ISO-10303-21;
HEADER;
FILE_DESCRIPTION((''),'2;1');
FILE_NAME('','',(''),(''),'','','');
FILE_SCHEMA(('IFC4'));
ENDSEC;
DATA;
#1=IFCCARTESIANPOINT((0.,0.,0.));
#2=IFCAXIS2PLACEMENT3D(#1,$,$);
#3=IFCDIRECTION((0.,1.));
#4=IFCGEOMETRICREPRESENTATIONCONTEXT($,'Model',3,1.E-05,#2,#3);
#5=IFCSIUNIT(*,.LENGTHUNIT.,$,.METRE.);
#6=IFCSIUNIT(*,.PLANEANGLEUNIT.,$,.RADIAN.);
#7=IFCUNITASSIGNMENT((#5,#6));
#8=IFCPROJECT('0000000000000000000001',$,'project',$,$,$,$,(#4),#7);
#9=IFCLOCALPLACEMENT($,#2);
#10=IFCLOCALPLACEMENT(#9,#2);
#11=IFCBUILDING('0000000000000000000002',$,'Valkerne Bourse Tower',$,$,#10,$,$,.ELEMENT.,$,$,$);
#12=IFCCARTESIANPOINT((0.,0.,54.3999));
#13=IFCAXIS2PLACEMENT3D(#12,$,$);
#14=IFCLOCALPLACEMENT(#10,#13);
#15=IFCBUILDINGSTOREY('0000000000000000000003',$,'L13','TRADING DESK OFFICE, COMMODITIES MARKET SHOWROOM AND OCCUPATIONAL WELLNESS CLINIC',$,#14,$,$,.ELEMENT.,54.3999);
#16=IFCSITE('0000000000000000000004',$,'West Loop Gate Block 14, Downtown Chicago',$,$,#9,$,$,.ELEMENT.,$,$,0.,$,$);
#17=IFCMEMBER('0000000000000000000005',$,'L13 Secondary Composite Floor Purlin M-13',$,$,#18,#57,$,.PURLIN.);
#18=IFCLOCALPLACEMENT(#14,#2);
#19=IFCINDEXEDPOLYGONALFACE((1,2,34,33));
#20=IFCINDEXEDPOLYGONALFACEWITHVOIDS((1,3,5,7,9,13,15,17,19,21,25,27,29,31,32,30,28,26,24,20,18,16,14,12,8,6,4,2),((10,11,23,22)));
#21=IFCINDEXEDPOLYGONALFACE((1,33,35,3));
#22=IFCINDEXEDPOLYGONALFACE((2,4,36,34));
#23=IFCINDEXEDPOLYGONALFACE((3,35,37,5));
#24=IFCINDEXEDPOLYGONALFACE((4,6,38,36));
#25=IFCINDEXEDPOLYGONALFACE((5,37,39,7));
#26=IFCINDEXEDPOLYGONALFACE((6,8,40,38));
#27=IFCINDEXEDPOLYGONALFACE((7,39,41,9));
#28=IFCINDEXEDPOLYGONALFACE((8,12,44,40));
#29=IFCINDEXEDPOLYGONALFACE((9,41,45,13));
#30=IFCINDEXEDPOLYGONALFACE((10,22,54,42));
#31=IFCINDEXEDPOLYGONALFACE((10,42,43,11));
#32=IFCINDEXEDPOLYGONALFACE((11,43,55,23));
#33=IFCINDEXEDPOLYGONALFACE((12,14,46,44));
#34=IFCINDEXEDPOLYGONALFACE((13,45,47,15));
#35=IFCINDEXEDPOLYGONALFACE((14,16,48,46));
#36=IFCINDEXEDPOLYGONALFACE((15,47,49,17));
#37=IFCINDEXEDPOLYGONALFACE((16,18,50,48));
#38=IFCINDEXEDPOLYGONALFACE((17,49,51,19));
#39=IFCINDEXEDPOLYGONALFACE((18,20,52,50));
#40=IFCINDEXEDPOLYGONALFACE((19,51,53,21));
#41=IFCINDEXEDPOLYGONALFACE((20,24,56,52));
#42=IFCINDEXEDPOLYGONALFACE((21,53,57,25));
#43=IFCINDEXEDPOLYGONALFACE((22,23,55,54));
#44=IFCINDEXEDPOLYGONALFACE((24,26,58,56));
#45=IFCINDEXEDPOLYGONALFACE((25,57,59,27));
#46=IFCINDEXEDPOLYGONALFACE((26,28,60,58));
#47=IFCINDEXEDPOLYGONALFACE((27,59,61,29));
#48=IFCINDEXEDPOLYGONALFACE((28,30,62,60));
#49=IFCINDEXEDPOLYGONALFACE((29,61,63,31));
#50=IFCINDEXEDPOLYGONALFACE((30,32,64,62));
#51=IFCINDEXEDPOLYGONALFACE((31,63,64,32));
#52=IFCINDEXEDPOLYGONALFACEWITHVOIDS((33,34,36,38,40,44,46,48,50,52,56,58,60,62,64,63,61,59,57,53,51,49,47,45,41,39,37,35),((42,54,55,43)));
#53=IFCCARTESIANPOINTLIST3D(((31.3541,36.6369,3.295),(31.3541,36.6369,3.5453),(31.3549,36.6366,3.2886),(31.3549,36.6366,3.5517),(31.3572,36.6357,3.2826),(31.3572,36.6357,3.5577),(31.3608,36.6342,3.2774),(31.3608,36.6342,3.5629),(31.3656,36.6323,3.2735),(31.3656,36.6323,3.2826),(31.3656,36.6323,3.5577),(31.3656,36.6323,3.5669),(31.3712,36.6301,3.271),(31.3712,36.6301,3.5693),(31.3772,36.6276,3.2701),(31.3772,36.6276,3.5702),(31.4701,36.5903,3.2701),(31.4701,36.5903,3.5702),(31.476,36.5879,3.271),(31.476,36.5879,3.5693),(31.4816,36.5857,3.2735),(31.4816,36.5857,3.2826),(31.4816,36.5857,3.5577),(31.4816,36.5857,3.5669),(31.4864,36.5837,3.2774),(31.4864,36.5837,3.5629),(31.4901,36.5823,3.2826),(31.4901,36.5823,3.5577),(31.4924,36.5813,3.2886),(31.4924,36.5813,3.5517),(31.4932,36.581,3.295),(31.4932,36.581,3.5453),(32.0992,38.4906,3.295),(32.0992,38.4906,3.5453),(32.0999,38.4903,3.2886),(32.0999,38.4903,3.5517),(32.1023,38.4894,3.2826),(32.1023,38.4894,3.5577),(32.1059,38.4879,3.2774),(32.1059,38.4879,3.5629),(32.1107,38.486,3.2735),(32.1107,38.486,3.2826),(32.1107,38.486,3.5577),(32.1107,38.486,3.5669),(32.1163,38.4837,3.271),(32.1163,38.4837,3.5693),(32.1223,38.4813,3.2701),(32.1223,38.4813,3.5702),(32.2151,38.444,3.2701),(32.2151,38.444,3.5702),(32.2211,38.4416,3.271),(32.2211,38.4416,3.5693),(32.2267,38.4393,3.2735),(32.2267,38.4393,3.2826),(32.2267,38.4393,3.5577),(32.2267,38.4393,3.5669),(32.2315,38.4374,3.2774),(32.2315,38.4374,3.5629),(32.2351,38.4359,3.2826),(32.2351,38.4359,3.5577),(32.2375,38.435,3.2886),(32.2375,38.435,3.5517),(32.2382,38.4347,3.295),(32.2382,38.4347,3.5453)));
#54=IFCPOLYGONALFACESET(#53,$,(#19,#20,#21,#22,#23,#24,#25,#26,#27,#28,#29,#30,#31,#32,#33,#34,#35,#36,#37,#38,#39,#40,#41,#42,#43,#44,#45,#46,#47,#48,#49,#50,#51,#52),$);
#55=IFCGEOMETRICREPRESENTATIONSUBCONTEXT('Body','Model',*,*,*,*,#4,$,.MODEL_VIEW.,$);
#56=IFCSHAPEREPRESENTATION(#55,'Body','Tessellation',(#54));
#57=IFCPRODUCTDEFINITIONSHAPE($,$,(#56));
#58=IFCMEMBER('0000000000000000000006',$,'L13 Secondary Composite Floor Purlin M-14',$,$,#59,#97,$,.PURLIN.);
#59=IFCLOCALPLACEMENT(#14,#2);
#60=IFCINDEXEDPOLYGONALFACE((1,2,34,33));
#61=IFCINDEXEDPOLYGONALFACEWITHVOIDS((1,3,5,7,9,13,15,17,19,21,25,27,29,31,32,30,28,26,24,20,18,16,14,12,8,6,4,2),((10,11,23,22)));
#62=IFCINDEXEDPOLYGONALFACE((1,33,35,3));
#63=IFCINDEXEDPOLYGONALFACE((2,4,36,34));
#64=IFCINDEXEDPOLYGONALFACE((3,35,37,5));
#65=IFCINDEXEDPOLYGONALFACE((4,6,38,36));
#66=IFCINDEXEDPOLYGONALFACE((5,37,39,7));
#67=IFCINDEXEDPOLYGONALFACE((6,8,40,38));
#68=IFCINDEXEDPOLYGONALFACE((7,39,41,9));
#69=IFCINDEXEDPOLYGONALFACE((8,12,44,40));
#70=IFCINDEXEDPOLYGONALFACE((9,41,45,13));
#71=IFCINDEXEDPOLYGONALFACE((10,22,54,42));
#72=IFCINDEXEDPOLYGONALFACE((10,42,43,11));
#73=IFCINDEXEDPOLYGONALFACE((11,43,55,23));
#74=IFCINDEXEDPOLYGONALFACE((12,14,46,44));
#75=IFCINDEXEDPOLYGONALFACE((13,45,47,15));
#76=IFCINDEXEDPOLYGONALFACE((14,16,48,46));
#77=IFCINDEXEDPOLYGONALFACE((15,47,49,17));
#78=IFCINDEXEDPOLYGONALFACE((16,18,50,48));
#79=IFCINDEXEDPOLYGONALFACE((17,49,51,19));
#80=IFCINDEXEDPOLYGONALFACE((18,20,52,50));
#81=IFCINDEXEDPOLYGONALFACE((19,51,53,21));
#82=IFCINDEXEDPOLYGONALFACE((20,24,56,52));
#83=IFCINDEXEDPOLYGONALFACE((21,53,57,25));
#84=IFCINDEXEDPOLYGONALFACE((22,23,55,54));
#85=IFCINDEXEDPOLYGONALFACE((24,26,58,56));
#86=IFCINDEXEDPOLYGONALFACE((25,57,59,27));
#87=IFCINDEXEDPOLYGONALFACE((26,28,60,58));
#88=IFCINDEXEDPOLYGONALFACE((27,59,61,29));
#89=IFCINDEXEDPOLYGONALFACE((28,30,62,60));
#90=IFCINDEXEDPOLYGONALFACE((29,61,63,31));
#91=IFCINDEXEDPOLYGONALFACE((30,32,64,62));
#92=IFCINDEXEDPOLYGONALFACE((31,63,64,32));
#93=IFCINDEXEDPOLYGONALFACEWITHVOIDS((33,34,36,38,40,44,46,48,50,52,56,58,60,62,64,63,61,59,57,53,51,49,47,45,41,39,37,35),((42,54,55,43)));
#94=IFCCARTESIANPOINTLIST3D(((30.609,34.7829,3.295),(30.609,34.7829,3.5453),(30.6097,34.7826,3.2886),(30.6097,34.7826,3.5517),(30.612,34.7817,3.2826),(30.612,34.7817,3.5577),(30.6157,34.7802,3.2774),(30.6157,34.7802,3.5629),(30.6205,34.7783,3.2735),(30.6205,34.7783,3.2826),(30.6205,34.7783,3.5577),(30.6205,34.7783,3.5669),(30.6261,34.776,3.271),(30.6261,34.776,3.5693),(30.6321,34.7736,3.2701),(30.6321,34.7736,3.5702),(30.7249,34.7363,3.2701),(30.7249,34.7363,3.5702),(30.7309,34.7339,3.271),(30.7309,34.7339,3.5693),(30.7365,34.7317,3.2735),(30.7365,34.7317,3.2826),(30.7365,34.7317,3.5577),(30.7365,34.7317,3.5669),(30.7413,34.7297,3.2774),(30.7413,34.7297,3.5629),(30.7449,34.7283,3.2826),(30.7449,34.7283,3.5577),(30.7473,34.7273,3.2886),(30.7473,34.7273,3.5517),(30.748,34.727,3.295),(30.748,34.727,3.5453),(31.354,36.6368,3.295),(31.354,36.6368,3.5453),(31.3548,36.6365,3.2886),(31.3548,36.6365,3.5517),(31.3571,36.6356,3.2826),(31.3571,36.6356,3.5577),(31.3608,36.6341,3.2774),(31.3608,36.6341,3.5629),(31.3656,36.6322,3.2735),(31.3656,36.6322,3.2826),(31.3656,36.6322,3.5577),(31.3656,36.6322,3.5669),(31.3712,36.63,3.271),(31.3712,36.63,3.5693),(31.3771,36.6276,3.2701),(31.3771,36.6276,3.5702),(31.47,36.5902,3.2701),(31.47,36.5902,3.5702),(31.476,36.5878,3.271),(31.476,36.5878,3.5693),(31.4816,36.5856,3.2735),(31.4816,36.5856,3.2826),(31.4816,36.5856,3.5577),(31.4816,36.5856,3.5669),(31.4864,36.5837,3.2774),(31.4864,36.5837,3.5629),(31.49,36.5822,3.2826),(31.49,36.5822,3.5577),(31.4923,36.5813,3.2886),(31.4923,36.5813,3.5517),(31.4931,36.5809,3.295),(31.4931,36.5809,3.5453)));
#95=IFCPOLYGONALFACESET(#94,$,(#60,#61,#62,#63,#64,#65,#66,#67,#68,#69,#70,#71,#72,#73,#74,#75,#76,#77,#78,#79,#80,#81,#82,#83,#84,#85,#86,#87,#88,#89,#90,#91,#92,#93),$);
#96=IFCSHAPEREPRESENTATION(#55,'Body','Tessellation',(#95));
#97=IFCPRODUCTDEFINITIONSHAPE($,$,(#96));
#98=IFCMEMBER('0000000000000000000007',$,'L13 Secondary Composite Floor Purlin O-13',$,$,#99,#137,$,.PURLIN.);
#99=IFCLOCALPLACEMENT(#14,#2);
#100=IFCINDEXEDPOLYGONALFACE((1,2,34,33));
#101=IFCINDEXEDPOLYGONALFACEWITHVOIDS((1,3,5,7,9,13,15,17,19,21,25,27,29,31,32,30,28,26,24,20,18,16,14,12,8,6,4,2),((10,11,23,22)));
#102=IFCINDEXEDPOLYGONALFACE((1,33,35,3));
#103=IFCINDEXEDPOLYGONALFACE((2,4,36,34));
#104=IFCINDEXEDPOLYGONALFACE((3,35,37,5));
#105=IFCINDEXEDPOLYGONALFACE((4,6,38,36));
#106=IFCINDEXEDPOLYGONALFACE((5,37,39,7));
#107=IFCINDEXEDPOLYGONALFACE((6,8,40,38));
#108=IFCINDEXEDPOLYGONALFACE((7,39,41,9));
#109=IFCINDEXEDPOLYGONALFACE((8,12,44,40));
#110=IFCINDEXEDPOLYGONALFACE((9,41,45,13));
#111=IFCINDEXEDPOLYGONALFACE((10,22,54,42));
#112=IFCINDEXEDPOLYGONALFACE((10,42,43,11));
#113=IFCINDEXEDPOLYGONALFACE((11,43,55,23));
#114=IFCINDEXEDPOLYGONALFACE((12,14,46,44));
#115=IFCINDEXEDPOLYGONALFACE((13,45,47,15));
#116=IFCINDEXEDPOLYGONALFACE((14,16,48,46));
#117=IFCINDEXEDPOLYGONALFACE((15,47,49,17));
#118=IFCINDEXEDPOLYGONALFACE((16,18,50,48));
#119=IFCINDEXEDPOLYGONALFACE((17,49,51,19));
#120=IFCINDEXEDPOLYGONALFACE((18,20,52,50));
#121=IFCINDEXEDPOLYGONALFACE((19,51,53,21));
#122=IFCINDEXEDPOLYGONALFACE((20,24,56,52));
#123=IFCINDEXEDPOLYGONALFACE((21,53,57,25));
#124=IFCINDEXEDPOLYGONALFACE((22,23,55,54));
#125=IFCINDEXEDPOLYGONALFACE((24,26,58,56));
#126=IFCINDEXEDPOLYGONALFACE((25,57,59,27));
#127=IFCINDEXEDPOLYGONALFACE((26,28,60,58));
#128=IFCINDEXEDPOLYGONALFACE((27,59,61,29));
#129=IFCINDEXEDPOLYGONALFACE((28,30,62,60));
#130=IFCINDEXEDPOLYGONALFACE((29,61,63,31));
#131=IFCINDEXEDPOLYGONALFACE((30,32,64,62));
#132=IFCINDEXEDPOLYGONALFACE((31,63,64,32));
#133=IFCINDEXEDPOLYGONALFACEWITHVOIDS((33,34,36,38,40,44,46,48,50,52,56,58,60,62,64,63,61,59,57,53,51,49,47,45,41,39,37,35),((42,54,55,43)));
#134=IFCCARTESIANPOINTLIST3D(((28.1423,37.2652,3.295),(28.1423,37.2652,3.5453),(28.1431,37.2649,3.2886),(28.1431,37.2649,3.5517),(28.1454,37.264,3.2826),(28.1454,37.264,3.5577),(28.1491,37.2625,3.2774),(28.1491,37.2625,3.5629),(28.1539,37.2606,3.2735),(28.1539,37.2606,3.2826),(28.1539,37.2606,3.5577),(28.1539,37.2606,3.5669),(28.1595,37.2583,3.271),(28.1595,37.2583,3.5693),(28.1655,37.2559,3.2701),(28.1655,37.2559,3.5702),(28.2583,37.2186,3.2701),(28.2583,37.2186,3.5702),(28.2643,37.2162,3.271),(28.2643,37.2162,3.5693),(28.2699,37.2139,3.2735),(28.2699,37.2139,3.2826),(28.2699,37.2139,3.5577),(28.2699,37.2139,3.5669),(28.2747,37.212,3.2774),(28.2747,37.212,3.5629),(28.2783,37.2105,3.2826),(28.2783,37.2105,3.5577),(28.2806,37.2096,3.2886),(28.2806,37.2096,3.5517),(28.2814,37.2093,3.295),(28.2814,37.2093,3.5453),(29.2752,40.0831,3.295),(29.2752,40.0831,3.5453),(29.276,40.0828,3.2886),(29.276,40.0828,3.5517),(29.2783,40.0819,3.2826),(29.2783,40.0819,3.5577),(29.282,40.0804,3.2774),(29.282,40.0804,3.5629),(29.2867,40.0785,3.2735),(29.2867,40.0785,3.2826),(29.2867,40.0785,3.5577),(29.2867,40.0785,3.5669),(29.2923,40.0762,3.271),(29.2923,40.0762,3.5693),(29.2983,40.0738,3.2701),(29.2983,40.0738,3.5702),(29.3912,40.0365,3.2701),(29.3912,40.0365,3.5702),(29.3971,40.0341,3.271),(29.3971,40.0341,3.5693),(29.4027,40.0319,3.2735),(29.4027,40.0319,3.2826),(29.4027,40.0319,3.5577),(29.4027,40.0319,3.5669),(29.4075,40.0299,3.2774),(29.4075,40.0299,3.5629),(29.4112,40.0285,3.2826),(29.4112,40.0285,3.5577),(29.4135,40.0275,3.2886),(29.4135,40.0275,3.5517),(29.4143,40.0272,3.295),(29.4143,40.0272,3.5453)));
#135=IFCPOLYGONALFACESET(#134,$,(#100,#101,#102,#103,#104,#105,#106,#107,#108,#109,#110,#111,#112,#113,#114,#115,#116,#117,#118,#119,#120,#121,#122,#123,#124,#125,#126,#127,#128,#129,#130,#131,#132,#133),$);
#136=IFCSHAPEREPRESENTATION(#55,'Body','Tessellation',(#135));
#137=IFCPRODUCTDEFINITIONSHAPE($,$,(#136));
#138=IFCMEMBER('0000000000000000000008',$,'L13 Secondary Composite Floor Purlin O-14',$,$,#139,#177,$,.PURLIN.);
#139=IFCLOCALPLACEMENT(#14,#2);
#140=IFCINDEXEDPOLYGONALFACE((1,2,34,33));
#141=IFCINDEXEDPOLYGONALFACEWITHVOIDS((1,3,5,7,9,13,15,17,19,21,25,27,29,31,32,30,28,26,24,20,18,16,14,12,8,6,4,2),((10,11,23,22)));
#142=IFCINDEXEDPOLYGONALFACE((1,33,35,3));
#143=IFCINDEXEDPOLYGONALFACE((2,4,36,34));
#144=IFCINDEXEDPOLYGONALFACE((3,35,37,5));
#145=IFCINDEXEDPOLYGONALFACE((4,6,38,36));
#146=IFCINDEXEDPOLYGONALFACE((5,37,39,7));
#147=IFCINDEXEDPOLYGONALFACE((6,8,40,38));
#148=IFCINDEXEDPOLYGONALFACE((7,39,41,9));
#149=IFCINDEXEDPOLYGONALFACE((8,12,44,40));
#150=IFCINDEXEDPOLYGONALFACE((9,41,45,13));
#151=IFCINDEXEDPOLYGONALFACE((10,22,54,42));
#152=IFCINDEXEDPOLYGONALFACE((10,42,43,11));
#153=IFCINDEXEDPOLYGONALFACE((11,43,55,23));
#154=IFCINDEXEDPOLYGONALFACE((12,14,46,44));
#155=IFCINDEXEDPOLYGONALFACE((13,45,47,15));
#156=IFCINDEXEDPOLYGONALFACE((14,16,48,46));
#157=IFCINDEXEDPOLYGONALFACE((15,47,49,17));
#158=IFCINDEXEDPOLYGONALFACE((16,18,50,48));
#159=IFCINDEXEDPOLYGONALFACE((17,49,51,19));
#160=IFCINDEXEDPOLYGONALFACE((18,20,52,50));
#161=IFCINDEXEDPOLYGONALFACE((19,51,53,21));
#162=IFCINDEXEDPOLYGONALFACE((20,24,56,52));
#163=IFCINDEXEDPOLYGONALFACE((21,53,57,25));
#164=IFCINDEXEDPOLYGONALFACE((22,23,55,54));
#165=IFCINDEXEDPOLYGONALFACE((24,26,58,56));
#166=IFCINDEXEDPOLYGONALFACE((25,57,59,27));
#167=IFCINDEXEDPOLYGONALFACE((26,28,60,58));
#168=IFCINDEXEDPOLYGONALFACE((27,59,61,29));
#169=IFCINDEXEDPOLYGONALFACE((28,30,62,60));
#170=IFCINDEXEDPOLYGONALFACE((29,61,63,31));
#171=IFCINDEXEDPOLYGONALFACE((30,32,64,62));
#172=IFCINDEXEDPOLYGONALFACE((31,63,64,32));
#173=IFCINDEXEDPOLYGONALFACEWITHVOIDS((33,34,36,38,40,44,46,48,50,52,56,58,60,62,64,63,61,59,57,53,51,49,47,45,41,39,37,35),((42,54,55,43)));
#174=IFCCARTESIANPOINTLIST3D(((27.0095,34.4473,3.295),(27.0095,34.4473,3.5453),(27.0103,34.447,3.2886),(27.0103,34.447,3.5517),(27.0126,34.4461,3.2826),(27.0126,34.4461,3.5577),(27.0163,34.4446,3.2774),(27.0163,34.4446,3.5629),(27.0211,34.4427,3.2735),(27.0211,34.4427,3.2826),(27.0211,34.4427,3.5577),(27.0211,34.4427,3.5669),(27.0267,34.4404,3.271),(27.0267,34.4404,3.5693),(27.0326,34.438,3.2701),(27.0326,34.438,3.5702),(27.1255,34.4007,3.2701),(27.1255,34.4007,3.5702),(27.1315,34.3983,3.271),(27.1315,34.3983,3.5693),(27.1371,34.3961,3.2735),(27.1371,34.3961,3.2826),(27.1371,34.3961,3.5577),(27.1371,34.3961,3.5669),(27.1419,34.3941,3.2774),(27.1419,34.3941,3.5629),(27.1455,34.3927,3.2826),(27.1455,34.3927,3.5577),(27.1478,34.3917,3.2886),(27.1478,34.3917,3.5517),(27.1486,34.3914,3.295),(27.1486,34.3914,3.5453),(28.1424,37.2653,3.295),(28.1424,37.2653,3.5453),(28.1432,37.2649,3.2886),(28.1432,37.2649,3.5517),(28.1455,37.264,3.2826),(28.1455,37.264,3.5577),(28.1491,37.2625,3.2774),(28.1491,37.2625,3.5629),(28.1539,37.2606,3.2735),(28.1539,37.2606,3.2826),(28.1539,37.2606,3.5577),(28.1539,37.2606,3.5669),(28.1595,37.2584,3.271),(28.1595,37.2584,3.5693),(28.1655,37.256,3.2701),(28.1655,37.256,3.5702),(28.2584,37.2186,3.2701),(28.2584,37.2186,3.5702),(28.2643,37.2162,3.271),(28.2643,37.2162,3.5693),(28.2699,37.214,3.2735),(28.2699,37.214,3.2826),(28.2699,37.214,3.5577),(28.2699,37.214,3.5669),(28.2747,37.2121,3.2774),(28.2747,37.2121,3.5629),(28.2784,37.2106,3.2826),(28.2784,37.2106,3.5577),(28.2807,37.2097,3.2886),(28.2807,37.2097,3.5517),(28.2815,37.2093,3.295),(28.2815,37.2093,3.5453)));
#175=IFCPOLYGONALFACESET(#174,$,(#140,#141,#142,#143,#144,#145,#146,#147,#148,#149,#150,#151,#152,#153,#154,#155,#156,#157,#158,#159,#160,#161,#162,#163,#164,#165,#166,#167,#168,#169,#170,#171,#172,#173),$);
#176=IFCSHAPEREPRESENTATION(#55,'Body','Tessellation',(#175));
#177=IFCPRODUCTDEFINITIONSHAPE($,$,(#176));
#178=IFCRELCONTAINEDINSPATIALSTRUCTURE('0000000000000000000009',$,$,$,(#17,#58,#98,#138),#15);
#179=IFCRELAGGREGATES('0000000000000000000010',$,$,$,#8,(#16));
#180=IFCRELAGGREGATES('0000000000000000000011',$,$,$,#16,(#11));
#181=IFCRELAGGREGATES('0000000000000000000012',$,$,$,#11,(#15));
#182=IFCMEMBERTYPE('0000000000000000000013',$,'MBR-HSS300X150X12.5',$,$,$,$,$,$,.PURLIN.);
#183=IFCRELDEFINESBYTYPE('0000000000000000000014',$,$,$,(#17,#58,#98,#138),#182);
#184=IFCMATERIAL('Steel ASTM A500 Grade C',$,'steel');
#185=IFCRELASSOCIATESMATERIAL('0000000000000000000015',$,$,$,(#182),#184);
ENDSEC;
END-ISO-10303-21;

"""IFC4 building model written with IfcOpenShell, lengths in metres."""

from ifc_helpers import new_model, si_unit, direction, frame, origin, origin_2d, place, context, subcontext, project, spatial, hollow_rectangle, extrude, material, material_profile, profile_set, type_object, element, save


model = new_model("IFC4")

# Units and contexts
model_context = context("Model", 3, precision=1e-05, world=origin(), true_north=direction((0.0, 1.0)))
body_context = subcontext(model_context, "Body", "Model", "MODEL_VIEW")
ifc_project = project(units=[si_unit("LENGTHUNIT", "METRE"), si_unit("PLANEANGLEUNIT", "RADIAN")], contexts=[model_context])

# Site, building, storey
site_placement = place(None, origin())
site = spatial("IfcSite", under=ifc_project, at=site_placement, Name="West Loop Gate Block 14, Downtown Chicago", CompositionType="ELEMENT", RefElevation=0.0)
building_placement = place(site_placement, origin())
building = spatial("IfcBuilding", under=site, at=building_placement, Name="Valkerne Bourse Tower", CompositionType="ELEMENT")
storey_placement = place(building_placement, frame((0.0, 0.0, 54.3999)))
storey = spatial("IfcBuildingStorey", under=building, at=storey_placement, Name="L13", Description="TRADING DESK OFFICE, COMMODITIES MARKET SHOWROOM AND OCCUPATIONAL WELLNESS CLINIC", CompositionType="ELEMENT", Elevation=54.3999)

# Members
ifc_material_1 = material(Name="Steel ASTM A500 Grade C", Category="steel")
ifc_material_profile_1 = material_profile(ifc_material_1, hollow_rectangle(XDim=0.1499, YDim=0.3, WallThickness=0.0125, OuterFilletRadius=0.0249, at=origin_2d()), Name="HSS300X150X12.5")
ifc_profile_set_1 = profile_set([ifc_material_profile_1], Name="Steel ASTM A500 Grade C")
member_type_1 = type_object("IfcMemberType", Name="MBR-HSS300X150X12.5", PredefinedType="PURLIN", material=ifc_profile_set_1)
member_1_placement = place(storey_placement, frame((32.1687, 38.4626, 3.4202), z_axis=(-0.372949, -0.927852, 0.0), x_axis=(0.927852, -0.372949, 0.0)))
element("IfcMember", 1, at=member_1_placement, inside=storey, type_object=member_type_1, Name="L13 Secondary Composite Floor Purlin M-13", PredefinedType="PURLIN", context=body_context, shape_type="SweptSolid", body=[
    extrude(hollow_rectangle(XDim=0.1499, YDim=0.3, WallThickness=0.0125, OuterFilletRadius=0.0249, at=origin_2d()), origin(), (0.0, 0.0, 1.0), 1.9978),
])
member_2_placement = place(storey_placement, frame((31.4236, 36.6089, 3.4202), z_axis=(-0.372907, -0.927869, 0.0), x_axis=(0.927869, -0.372907, 0.0)))
element("IfcMember", 2, at=member_2_placement, inside=storey, type_object=member_type_1, Name="L13 Secondary Composite Floor Purlin M-14", PredefinedType="PURLIN", context=body_context, shape_type="SweptSolid", body=[
    extrude(hollow_rectangle(XDim=0.1499, YDim=0.3, WallThickness=0.0125, OuterFilletRadius=0.0249, at=origin_2d()), origin(), (0.0, 0.0, 1.0), 1.998),
])
for number, where, z_axis, x_axis, name in (
    (3, (29.3447, 40.0552, 3.4202), (-0.372998, -0.927832, 0.0), (0.927832, -0.372998, 0.0), "L13 Secondary Composite Floor Purlin O-13"),
    (4, (28.2119, 37.2373, 3.4202), (-0.372998, -0.927832, 0.0), (0.927832, -0.372998, 0.0), "L13 Secondary Composite Floor Purlin O-14"),
):
    element("IfcMember", number, at=place(storey_placement, frame(where, z_axis=z_axis, x_axis=x_axis)), inside=storey, type_object=member_type_1, Name=name, PredefinedType="PURLIN", context=body_context, shape_type="SweptSolid", body=[
        extrude(hollow_rectangle(XDim=0.1499, YDim=0.3, WallThickness=0.0125, OuterFilletRadius=0.0249, at=origin_2d()), origin(), (0.0, 0.0, 1.0), 3.0371),
    ])

save(model, "model.ifc")
